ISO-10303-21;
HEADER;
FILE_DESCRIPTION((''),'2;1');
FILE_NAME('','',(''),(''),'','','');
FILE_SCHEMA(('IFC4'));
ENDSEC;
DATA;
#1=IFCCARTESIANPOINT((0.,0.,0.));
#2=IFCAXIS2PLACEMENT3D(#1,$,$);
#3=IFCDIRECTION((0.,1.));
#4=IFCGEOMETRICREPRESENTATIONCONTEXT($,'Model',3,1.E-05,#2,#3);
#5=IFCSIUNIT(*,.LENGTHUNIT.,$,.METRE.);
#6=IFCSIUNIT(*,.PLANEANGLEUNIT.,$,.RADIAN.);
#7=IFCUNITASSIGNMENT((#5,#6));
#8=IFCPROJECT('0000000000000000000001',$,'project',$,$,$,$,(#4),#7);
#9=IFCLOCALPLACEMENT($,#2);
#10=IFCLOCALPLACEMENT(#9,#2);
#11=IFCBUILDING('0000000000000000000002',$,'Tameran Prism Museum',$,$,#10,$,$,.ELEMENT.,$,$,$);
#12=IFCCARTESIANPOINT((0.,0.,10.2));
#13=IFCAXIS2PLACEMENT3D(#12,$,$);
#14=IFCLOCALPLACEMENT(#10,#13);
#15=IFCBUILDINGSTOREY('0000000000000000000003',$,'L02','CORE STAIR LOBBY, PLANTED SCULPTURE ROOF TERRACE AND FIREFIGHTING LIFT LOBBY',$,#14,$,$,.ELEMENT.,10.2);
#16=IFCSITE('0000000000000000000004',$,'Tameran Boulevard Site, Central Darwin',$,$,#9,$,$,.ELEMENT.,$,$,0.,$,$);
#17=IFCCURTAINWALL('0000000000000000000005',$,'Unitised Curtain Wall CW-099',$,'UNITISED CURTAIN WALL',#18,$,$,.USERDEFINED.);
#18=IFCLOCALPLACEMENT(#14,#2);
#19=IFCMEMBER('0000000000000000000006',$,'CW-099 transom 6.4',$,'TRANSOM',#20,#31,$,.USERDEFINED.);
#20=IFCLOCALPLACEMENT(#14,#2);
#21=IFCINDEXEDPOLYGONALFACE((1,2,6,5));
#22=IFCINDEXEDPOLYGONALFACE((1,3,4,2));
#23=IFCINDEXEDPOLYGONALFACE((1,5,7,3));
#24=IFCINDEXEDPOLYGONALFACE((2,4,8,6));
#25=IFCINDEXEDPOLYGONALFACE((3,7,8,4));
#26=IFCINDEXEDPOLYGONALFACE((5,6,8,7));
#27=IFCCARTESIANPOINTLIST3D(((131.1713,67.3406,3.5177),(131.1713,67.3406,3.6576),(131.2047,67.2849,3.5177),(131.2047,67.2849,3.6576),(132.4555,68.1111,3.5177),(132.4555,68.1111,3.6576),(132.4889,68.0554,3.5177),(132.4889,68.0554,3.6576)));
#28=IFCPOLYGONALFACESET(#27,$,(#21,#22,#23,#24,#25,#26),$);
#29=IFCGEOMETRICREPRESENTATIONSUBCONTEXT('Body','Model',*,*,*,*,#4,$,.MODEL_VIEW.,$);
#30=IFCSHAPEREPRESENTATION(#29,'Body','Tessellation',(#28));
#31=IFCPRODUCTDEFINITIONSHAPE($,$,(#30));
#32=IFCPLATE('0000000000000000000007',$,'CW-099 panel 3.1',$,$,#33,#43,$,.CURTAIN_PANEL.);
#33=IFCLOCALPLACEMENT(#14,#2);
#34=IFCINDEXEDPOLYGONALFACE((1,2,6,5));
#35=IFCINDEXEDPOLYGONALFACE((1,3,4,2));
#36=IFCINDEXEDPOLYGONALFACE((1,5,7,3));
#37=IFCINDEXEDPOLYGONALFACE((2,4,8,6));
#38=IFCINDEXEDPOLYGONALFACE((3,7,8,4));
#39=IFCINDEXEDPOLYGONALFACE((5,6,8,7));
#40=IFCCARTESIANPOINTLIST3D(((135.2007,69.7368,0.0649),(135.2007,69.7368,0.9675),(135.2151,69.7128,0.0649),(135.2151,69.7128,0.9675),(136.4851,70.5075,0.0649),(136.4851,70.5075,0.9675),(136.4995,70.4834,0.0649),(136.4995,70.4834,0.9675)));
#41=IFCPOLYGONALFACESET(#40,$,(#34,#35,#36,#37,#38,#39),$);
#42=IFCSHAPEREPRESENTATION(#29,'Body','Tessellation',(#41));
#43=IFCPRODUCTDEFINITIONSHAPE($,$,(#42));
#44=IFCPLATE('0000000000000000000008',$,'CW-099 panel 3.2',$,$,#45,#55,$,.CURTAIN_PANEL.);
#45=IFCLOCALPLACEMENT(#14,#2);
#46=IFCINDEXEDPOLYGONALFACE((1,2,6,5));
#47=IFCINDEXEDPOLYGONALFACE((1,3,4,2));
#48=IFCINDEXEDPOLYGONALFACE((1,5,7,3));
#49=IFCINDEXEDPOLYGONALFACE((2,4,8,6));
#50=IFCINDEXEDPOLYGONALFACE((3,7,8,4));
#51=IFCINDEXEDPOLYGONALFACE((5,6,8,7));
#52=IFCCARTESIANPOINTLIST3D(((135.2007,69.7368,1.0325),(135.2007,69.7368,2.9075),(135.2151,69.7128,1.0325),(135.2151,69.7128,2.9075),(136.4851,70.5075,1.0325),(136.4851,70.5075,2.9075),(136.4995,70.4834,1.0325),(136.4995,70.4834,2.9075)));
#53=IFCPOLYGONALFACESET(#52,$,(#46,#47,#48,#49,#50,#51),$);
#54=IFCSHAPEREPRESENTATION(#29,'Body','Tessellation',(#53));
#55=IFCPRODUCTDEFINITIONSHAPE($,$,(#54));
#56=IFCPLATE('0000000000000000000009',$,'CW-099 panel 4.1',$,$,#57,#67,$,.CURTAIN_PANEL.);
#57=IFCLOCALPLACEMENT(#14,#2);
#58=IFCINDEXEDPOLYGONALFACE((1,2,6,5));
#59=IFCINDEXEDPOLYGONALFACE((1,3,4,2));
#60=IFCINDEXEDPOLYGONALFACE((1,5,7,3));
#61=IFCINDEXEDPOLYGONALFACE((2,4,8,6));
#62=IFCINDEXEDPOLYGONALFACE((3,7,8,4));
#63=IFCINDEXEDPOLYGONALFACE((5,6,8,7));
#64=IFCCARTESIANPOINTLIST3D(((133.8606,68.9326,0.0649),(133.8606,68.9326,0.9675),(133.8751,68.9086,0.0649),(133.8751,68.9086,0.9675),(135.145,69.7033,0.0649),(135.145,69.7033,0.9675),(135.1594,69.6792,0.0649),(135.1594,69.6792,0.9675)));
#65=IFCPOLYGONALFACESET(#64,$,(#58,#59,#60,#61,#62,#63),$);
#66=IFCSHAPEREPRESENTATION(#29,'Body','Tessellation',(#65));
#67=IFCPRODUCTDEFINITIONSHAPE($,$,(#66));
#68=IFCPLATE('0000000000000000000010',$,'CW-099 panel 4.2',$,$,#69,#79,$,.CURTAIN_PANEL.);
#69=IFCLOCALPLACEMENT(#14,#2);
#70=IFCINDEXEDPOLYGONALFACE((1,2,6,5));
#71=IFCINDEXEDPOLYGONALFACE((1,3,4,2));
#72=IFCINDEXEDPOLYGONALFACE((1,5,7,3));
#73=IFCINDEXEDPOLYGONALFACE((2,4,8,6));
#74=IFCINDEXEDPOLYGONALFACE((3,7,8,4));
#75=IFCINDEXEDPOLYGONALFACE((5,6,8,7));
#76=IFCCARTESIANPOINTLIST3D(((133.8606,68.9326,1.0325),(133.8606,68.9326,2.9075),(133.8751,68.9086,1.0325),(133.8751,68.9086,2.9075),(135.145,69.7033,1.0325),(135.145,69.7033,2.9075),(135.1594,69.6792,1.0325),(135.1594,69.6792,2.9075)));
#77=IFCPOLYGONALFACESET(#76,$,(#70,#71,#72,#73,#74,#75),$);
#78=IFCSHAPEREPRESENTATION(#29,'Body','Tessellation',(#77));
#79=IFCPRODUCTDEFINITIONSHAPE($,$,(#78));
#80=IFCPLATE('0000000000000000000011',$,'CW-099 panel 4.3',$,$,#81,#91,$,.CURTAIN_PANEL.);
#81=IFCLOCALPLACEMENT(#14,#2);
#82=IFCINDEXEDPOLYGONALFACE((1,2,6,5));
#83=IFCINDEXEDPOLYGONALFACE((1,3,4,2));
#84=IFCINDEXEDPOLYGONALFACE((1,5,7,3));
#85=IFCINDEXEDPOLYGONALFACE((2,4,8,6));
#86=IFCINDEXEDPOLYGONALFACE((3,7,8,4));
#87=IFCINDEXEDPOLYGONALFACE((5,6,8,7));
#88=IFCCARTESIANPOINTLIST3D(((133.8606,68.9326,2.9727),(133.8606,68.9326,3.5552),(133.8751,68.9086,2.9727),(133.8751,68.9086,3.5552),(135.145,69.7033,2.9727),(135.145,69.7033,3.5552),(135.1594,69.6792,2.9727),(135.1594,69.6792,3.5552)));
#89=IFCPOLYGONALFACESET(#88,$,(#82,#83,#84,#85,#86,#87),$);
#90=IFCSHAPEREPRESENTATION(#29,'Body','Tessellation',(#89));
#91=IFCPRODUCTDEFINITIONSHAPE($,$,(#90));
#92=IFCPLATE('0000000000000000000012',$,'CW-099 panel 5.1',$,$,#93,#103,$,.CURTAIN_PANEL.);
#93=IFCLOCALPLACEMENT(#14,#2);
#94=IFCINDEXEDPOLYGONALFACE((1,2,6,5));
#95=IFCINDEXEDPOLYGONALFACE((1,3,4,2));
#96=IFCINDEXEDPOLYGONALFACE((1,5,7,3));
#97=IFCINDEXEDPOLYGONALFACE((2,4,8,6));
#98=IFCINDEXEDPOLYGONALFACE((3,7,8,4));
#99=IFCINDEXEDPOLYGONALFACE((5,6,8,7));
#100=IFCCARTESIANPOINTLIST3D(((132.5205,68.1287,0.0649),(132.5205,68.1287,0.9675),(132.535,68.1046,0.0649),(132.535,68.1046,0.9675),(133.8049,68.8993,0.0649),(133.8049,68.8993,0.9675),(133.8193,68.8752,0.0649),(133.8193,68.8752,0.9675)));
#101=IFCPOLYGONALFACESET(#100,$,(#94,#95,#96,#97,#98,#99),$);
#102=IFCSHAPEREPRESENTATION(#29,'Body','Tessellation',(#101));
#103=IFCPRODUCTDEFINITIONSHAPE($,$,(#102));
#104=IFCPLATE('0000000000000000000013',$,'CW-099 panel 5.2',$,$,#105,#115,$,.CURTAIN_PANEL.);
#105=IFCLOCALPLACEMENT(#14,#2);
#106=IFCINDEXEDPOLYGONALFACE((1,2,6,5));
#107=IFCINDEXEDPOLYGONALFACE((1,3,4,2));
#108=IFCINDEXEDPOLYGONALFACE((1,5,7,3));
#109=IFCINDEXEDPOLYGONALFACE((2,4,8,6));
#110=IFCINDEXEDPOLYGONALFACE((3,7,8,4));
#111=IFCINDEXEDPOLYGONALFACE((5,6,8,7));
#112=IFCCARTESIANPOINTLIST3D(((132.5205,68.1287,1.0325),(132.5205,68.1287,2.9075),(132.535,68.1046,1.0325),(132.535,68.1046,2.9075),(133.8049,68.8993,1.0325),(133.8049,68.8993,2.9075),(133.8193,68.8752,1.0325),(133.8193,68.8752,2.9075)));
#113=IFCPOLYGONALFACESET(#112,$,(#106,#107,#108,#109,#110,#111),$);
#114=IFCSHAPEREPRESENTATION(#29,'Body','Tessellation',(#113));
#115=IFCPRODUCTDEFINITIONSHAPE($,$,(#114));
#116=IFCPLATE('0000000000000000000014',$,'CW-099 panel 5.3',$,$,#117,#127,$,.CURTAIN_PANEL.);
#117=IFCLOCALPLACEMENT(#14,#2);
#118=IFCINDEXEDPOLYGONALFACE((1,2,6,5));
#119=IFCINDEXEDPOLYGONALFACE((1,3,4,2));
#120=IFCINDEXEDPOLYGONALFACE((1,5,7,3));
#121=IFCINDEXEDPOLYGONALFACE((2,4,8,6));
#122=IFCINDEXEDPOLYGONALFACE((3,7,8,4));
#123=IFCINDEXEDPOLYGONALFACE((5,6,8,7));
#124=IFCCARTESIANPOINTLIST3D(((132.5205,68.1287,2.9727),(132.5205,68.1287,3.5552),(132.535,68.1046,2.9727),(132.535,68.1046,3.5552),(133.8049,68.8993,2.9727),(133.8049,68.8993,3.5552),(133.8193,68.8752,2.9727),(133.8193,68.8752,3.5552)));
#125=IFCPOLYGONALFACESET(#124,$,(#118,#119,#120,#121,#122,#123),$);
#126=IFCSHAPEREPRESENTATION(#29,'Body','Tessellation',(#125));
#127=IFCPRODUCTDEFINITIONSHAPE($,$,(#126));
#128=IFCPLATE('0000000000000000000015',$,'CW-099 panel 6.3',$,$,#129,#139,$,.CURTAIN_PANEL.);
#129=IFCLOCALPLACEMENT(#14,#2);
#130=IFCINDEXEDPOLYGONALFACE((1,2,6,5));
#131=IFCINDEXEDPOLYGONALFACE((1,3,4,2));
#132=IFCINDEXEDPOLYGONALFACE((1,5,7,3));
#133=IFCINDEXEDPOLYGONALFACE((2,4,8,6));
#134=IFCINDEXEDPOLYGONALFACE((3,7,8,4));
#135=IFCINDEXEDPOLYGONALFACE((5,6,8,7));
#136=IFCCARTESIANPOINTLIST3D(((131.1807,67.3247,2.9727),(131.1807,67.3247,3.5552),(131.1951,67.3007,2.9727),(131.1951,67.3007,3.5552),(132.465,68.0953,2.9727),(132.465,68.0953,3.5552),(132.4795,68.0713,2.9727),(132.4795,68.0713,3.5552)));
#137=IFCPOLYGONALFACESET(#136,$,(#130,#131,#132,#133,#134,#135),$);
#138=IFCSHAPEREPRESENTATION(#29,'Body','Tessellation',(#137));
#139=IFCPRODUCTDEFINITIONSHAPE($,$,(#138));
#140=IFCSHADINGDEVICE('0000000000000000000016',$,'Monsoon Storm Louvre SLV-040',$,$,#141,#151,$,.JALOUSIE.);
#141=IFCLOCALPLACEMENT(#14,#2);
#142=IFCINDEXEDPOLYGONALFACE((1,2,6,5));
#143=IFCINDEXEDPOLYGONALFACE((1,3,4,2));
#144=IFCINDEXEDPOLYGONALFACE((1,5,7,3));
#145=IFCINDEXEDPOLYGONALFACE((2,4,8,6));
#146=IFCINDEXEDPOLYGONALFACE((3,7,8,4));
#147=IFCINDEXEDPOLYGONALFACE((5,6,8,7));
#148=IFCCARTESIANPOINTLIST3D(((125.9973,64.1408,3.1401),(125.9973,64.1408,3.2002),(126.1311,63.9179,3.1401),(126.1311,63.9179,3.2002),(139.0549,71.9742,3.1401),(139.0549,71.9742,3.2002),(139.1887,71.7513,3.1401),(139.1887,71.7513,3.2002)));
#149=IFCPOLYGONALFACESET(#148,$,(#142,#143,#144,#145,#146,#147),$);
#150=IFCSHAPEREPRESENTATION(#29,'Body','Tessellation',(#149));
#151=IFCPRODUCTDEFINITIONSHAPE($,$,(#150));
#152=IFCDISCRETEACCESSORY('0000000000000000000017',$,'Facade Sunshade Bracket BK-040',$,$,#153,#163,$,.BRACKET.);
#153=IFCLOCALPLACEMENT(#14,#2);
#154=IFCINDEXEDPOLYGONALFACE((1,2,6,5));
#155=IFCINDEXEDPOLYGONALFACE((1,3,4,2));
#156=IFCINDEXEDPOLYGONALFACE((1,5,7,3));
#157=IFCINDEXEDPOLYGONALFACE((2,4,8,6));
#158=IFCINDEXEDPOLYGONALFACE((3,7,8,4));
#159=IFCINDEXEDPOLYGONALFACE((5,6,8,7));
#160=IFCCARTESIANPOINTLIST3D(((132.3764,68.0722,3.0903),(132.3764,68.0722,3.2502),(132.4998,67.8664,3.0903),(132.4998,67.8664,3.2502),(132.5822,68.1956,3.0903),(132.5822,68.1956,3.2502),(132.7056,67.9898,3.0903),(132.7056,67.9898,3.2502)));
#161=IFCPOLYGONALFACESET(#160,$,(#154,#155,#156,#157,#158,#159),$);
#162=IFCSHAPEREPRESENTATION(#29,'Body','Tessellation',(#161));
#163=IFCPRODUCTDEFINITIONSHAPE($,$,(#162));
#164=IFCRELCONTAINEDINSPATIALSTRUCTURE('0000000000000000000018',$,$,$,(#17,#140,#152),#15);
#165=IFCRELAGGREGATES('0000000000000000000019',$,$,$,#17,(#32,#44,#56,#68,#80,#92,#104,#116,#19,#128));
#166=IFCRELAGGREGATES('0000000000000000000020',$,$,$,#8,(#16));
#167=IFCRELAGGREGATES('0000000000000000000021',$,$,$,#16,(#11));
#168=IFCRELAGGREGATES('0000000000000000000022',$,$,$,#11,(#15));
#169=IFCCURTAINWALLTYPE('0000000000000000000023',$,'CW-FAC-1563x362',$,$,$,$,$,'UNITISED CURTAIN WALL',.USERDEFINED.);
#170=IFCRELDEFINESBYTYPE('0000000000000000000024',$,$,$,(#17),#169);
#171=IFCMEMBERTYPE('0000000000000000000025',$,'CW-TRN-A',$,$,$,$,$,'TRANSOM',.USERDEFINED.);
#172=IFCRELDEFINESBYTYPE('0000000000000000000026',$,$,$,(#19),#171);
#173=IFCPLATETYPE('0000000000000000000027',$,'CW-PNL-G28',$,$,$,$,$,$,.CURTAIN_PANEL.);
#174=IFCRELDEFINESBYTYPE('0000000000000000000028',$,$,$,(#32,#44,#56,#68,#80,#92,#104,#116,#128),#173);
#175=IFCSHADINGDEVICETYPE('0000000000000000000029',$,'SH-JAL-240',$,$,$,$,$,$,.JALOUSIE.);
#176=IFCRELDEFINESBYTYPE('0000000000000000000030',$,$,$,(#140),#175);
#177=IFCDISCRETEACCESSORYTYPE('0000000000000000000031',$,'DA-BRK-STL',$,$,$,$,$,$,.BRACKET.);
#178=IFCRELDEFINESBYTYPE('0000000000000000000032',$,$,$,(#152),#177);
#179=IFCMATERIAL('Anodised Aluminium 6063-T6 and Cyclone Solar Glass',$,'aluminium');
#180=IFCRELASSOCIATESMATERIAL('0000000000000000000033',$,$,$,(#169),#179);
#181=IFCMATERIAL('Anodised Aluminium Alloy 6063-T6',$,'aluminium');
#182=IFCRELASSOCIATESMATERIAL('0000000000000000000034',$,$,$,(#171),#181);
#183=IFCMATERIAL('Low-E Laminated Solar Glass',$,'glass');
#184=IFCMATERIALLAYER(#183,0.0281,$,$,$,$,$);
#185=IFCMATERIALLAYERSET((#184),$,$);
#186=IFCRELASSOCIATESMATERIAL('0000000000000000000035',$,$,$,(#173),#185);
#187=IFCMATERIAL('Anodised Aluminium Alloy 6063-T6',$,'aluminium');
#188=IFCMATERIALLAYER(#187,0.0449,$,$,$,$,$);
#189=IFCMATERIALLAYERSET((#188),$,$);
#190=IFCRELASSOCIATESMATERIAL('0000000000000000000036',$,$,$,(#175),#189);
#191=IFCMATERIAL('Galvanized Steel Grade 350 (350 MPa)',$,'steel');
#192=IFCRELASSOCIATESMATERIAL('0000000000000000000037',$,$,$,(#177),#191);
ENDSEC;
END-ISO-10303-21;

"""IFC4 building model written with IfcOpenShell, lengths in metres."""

from ifc_helpers import new_model, si_unit, direction, frame, origin, origin_2d, place, context, subcontext, project, spatial, rectangle, extrude, material, layer, layer_set, material_profile, profile_set, type_object, element, aggregate, save


model = new_model("IFC4")

# Units and contexts
model_context = context("Model", 3, precision=1e-05, world=origin(), true_north=direction((0.0, 1.0)))
body_context = subcontext(model_context, "Body", "Model", "MODEL_VIEW")
ifc_project = project(units=[si_unit("LENGTHUNIT", "METRE"), si_unit("PLANEANGLEUNIT", "RADIAN")], contexts=[model_context])

# Site, building, storey
site_placement = place(None, origin())
site = spatial("IfcSite", under=ifc_project, at=site_placement, Name="Tameran Boulevard Site, Central Darwin", CompositionType="ELEMENT", RefElevation=0.0)
building_placement = place(site_placement, origin())
building = spatial("IfcBuilding", under=site, at=building_placement, Name="Tameran Prism Museum", CompositionType="ELEMENT")
storey_placement = place(building_placement, frame((0.0, 0.0, 10.2)))
storey = spatial("IfcBuildingStorey", under=building, at=storey_placement, Name="L02", Description="CORE STAIR LOBBY, PLANTED SCULPTURE ROOF TERRACE AND FIREFIGHTING LIFT LOBBY", CompositionType="ELEMENT", Elevation=10.2)

# Curtain wall, member, plates
ifc_material_1 = material(Name="Anodised Aluminium 6063-T6 and Cyclone Solar Glass", Category="aluminium")
curtain_wall_type = type_object("IfcCurtainWallType", Name="CW-FAC-1563x362", ElementType="UNITISED CURTAIN WALL", PredefinedType="USERDEFINED", material=ifc_material_1)
curtain_wall_placement = place(storey_placement, origin())
curtain_wall = element("IfcCurtainWall", 1, at=curtain_wall_placement, inside=storey, type_object=curtain_wall_type, Name="Unitised Curtain Wall CW-099", ObjectType="UNITISED CURTAIN WALL", PredefinedType="USERDEFINED")
ifc_material_2 = material(Name="Anodised Aluminium Alloy 6063-T6", Category="aluminium")
ifc_material_profile_1 = material_profile(ifc_material_2, rectangle(XDim=0.0649, YDim=0.1399, at=origin_2d()))
ifc_profile_set_1 = profile_set([ifc_material_profile_1])
member_type_1 = type_object("IfcMemberType", Name="CW-TRN-A", ElementType="TRANSOM", PredefinedType="USERDEFINED", material=ifc_profile_set_1)
member_1_placement = place(storey_placement, frame((132.4722, 68.0833, 3.5876), z_axis=(-0.857493, -0.514496, 0.0), x_axis=(0.514496, -0.857493, 0.0)))
member_1 = element("IfcMember", 2, at=member_1_placement, type_object=member_type_1, Name="CW-099 transom 6.4", ObjectType="TRANSOM", PredefinedType="USERDEFINED", context=body_context, shape_type="SweptSolid", body=[
    extrude(rectangle(XDim=0.0649, YDim=0.1399, at=origin_2d()), origin(), (0.0, 0.0, 1.0), 1.4976),
])
ifc_material_3 = material(Name="Low-E Laminated Solar Glass", Category="glass")
ifc_layer_1 = layer(ifc_material_3, 0.0281)
ifc_layer_set_1 = layer_set([ifc_layer_1])
plate_type = type_object("IfcPlateType", Name="CW-PNL-G28", PredefinedType="CURTAIN_PANEL", material=ifc_layer_set_1)
plate_1_placement = place(storey_placement, frame((135.8501, 70.1101, 0.0649), z_axis=(0.0, 0.0, 1.0), x_axis=(-0.857493, -0.514496, 0.0)))
plate_1 = element("IfcPlate", 3, at=plate_1_placement, type_object=plate_type, Name="CW-099 panel 3.1", PredefinedType="CURTAIN_PANEL", context=body_context, shape_type="SweptSolid", body=[
    extrude(rectangle(XDim=1.4978, YDim=0.0281, at=origin_2d()), origin(), (0.0, 0.0, 1.0), 0.9026),
])
plate_2_placement = place(storey_placement, frame((135.8501, 70.1101, 1.0325), z_axis=(0.0, 0.0, 1.0), x_axis=(-0.857493, -0.514496, 0.0)))
plate_2 = element("IfcPlate", 4, at=plate_2_placement, type_object=plate_type, Name="CW-099 panel 3.2", PredefinedType="CURTAIN_PANEL", context=body_context, shape_type="SweptSolid", body=[
    extrude(rectangle(XDim=1.4978, YDim=0.0281, at=origin_2d()), origin(), (0.0, 0.0, 1.0), 1.875),
])
plate_3_placement = place(storey_placement, frame((134.51, 69.3059, 0.0649), z_axis=(0.0, 0.0, 1.0), x_axis=(-0.857493, -0.514496, 0.0)))
plate_3 = element("IfcPlate", 5, at=plate_3_placement, type_object=plate_type, Name="CW-099 panel 4.1", PredefinedType="CURTAIN_PANEL", context=body_context, shape_type="SweptSolid", body=[
    extrude(rectangle(XDim=1.4978, YDim=0.0281, at=origin_2d()), origin(), (0.0, 0.0, 1.0), 0.9026),
])
plate_4_placement = place(storey_placement, frame((134.51, 69.3059, 1.0325), z_axis=(0.0, 0.0, 1.0), x_axis=(-0.857493, -0.514496, 0.0)))
plate_4 = element("IfcPlate", 6, at=plate_4_placement, type_object=plate_type, Name="CW-099 panel 4.2", PredefinedType="CURTAIN_PANEL", context=body_context, shape_type="SweptSolid", body=[
    extrude(rectangle(XDim=1.4978, YDim=0.0281, at=origin_2d()), origin(), (0.0, 0.0, 1.0), 1.875),
])
plate_5_placement = place(storey_placement, frame((134.51, 69.3059, 2.9727), z_axis=(0.0, 0.0, 1.0), x_axis=(-0.857493, -0.514496, 0.0)))
plate_5 = element("IfcPlate", 7, at=plate_5_placement, type_object=plate_type, Name="CW-099 panel 4.3", PredefinedType="CURTAIN_PANEL", context=body_context, shape_type="SweptSolid", body=[
    extrude(rectangle(XDim=1.4978, YDim=0.0281, at=origin_2d()), origin(), (0.0, 0.0, 1.0), 0.5825),
])
plate_6_placement = place(storey_placement, frame((133.1699, 68.502, 0.0649), z_axis=(0.0, 0.0, 1.0), x_axis=(-0.857493, -0.514496, 0.0)))
plate_6 = element("IfcPlate", 8, at=plate_6_placement, type_object=plate_type, Name="CW-099 panel 5.1", PredefinedType="CURTAIN_PANEL", context=body_context, shape_type="SweptSolid", body=[
    extrude(rectangle(XDim=1.4978, YDim=0.0281, at=origin_2d()), origin(), (0.0, 0.0, 1.0), 0.9026),
])
plate_7_placement = place(storey_placement, frame((133.1699, 68.502, 1.0325), z_axis=(0.0, 0.0, 1.0), x_axis=(-0.857493, -0.514496, 0.0)))
plate_7 = element("IfcPlate", 9, at=plate_7_placement, type_object=plate_type, Name="CW-099 panel 5.2", PredefinedType="CURTAIN_PANEL", context=body_context, shape_type="SweptSolid", body=[
    extrude(rectangle(XDim=1.4978, YDim=0.0281, at=origin_2d()), origin(), (0.0, 0.0, 1.0), 1.875),
])
plate_8_placement = place(storey_placement, frame((133.1699, 68.502, 2.9727), z_axis=(0.0, 0.0, 1.0), x_axis=(-0.857493, -0.514496, 0.0)))
plate_8 = element("IfcPlate", 10, at=plate_8_placement, type_object=plate_type, Name="CW-099 panel 5.3", PredefinedType="CURTAIN_PANEL", context=body_context, shape_type="SweptSolid", body=[
    extrude(rectangle(XDim=1.4978, YDim=0.0281, at=origin_2d()), origin(), (0.0, 0.0, 1.0), 0.5825),
])
plate_9_placement = place(storey_placement, frame((131.8301, 67.698, 2.9727), z_axis=(0.0, 0.0, 1.0), x_axis=(-0.857493, -0.514496, 0.0)))
plate_9 = element("IfcPlate", 11, at=plate_9_placement, type_object=plate_type, Name="CW-099 panel 6.3", PredefinedType="CURTAIN_PANEL", context=body_context, shape_type="SweptSolid", body=[
    extrude(rectangle(XDim=1.4978, YDim=0.0281, at=origin_2d()), origin(), (0.0, 0.0, 1.0), 0.5825),
])
aggregate(curtain_wall, [plate_1, plate_2, plate_3, plate_4, plate_5, plate_6, plate_7, plate_8, member_1, plate_9])

# Shading device
ifc_material_4 = material(Name="Anodised Aluminium Alloy 6063-T6", Category="aluminium")
ifc_layer_2 = layer(ifc_material_4, 0.0449)
ifc_layer_set_2 = layer_set([ifc_layer_2])
shading_device_type = type_object("IfcShadingDeviceType", Name="SH-JAL-240", PredefinedType="JALOUSIE", material=ifc_layer_set_2)
shading_device_placement = place(storey_placement, frame((132.593, 67.946, 3.1401), z_axis=(0.0, 0.0, 1.0), x_axis=(-0.857527, -0.51444, 0.0)))
element("IfcShadingDevice", 12, at=shading_device_placement, inside=storey, type_object=shading_device_type, Name="Monsoon Storm Louvre SLV-040", PredefinedType="JALOUSIE", context=body_context, shape_type="SweptSolid", body=[
    extrude(rectangle(XDim=15.2271, YDim=0.26, at=origin_2d()), origin(), (0.0, 0.0, 1.0), 0.0601),
])

# Discrete accessory
ifc_material_5 = material(Name="Galvanized Steel Grade 350 (350 MPa)", Category="steel")
discrete_accessory_type = type_object("IfcDiscreteAccessoryType", Name="DA-BRK-STL", PredefinedType="BRACKET", material=ifc_material_5)
discrete_accessory_placement = place(storey_placement, frame((132.541, 68.031, 3.0903), z_axis=(0.0, 0.0, 1.0), x_axis=(-0.857527, -0.51444, 0.0)))
element("IfcDiscreteAccessory", 13, at=discrete_accessory_placement, inside=storey, type_object=discrete_accessory_type, Name="Facade Sunshade Bracket BK-040", PredefinedType="BRACKET", context=body_context, shape_type="SweptSolid", body=[
    extrude(rectangle(XDim=0.24, YDim=0.24, at=origin_2d()), origin(), (0.0, 0.0, 1.0), 0.1599),
])

save(model, "model.ifc")
